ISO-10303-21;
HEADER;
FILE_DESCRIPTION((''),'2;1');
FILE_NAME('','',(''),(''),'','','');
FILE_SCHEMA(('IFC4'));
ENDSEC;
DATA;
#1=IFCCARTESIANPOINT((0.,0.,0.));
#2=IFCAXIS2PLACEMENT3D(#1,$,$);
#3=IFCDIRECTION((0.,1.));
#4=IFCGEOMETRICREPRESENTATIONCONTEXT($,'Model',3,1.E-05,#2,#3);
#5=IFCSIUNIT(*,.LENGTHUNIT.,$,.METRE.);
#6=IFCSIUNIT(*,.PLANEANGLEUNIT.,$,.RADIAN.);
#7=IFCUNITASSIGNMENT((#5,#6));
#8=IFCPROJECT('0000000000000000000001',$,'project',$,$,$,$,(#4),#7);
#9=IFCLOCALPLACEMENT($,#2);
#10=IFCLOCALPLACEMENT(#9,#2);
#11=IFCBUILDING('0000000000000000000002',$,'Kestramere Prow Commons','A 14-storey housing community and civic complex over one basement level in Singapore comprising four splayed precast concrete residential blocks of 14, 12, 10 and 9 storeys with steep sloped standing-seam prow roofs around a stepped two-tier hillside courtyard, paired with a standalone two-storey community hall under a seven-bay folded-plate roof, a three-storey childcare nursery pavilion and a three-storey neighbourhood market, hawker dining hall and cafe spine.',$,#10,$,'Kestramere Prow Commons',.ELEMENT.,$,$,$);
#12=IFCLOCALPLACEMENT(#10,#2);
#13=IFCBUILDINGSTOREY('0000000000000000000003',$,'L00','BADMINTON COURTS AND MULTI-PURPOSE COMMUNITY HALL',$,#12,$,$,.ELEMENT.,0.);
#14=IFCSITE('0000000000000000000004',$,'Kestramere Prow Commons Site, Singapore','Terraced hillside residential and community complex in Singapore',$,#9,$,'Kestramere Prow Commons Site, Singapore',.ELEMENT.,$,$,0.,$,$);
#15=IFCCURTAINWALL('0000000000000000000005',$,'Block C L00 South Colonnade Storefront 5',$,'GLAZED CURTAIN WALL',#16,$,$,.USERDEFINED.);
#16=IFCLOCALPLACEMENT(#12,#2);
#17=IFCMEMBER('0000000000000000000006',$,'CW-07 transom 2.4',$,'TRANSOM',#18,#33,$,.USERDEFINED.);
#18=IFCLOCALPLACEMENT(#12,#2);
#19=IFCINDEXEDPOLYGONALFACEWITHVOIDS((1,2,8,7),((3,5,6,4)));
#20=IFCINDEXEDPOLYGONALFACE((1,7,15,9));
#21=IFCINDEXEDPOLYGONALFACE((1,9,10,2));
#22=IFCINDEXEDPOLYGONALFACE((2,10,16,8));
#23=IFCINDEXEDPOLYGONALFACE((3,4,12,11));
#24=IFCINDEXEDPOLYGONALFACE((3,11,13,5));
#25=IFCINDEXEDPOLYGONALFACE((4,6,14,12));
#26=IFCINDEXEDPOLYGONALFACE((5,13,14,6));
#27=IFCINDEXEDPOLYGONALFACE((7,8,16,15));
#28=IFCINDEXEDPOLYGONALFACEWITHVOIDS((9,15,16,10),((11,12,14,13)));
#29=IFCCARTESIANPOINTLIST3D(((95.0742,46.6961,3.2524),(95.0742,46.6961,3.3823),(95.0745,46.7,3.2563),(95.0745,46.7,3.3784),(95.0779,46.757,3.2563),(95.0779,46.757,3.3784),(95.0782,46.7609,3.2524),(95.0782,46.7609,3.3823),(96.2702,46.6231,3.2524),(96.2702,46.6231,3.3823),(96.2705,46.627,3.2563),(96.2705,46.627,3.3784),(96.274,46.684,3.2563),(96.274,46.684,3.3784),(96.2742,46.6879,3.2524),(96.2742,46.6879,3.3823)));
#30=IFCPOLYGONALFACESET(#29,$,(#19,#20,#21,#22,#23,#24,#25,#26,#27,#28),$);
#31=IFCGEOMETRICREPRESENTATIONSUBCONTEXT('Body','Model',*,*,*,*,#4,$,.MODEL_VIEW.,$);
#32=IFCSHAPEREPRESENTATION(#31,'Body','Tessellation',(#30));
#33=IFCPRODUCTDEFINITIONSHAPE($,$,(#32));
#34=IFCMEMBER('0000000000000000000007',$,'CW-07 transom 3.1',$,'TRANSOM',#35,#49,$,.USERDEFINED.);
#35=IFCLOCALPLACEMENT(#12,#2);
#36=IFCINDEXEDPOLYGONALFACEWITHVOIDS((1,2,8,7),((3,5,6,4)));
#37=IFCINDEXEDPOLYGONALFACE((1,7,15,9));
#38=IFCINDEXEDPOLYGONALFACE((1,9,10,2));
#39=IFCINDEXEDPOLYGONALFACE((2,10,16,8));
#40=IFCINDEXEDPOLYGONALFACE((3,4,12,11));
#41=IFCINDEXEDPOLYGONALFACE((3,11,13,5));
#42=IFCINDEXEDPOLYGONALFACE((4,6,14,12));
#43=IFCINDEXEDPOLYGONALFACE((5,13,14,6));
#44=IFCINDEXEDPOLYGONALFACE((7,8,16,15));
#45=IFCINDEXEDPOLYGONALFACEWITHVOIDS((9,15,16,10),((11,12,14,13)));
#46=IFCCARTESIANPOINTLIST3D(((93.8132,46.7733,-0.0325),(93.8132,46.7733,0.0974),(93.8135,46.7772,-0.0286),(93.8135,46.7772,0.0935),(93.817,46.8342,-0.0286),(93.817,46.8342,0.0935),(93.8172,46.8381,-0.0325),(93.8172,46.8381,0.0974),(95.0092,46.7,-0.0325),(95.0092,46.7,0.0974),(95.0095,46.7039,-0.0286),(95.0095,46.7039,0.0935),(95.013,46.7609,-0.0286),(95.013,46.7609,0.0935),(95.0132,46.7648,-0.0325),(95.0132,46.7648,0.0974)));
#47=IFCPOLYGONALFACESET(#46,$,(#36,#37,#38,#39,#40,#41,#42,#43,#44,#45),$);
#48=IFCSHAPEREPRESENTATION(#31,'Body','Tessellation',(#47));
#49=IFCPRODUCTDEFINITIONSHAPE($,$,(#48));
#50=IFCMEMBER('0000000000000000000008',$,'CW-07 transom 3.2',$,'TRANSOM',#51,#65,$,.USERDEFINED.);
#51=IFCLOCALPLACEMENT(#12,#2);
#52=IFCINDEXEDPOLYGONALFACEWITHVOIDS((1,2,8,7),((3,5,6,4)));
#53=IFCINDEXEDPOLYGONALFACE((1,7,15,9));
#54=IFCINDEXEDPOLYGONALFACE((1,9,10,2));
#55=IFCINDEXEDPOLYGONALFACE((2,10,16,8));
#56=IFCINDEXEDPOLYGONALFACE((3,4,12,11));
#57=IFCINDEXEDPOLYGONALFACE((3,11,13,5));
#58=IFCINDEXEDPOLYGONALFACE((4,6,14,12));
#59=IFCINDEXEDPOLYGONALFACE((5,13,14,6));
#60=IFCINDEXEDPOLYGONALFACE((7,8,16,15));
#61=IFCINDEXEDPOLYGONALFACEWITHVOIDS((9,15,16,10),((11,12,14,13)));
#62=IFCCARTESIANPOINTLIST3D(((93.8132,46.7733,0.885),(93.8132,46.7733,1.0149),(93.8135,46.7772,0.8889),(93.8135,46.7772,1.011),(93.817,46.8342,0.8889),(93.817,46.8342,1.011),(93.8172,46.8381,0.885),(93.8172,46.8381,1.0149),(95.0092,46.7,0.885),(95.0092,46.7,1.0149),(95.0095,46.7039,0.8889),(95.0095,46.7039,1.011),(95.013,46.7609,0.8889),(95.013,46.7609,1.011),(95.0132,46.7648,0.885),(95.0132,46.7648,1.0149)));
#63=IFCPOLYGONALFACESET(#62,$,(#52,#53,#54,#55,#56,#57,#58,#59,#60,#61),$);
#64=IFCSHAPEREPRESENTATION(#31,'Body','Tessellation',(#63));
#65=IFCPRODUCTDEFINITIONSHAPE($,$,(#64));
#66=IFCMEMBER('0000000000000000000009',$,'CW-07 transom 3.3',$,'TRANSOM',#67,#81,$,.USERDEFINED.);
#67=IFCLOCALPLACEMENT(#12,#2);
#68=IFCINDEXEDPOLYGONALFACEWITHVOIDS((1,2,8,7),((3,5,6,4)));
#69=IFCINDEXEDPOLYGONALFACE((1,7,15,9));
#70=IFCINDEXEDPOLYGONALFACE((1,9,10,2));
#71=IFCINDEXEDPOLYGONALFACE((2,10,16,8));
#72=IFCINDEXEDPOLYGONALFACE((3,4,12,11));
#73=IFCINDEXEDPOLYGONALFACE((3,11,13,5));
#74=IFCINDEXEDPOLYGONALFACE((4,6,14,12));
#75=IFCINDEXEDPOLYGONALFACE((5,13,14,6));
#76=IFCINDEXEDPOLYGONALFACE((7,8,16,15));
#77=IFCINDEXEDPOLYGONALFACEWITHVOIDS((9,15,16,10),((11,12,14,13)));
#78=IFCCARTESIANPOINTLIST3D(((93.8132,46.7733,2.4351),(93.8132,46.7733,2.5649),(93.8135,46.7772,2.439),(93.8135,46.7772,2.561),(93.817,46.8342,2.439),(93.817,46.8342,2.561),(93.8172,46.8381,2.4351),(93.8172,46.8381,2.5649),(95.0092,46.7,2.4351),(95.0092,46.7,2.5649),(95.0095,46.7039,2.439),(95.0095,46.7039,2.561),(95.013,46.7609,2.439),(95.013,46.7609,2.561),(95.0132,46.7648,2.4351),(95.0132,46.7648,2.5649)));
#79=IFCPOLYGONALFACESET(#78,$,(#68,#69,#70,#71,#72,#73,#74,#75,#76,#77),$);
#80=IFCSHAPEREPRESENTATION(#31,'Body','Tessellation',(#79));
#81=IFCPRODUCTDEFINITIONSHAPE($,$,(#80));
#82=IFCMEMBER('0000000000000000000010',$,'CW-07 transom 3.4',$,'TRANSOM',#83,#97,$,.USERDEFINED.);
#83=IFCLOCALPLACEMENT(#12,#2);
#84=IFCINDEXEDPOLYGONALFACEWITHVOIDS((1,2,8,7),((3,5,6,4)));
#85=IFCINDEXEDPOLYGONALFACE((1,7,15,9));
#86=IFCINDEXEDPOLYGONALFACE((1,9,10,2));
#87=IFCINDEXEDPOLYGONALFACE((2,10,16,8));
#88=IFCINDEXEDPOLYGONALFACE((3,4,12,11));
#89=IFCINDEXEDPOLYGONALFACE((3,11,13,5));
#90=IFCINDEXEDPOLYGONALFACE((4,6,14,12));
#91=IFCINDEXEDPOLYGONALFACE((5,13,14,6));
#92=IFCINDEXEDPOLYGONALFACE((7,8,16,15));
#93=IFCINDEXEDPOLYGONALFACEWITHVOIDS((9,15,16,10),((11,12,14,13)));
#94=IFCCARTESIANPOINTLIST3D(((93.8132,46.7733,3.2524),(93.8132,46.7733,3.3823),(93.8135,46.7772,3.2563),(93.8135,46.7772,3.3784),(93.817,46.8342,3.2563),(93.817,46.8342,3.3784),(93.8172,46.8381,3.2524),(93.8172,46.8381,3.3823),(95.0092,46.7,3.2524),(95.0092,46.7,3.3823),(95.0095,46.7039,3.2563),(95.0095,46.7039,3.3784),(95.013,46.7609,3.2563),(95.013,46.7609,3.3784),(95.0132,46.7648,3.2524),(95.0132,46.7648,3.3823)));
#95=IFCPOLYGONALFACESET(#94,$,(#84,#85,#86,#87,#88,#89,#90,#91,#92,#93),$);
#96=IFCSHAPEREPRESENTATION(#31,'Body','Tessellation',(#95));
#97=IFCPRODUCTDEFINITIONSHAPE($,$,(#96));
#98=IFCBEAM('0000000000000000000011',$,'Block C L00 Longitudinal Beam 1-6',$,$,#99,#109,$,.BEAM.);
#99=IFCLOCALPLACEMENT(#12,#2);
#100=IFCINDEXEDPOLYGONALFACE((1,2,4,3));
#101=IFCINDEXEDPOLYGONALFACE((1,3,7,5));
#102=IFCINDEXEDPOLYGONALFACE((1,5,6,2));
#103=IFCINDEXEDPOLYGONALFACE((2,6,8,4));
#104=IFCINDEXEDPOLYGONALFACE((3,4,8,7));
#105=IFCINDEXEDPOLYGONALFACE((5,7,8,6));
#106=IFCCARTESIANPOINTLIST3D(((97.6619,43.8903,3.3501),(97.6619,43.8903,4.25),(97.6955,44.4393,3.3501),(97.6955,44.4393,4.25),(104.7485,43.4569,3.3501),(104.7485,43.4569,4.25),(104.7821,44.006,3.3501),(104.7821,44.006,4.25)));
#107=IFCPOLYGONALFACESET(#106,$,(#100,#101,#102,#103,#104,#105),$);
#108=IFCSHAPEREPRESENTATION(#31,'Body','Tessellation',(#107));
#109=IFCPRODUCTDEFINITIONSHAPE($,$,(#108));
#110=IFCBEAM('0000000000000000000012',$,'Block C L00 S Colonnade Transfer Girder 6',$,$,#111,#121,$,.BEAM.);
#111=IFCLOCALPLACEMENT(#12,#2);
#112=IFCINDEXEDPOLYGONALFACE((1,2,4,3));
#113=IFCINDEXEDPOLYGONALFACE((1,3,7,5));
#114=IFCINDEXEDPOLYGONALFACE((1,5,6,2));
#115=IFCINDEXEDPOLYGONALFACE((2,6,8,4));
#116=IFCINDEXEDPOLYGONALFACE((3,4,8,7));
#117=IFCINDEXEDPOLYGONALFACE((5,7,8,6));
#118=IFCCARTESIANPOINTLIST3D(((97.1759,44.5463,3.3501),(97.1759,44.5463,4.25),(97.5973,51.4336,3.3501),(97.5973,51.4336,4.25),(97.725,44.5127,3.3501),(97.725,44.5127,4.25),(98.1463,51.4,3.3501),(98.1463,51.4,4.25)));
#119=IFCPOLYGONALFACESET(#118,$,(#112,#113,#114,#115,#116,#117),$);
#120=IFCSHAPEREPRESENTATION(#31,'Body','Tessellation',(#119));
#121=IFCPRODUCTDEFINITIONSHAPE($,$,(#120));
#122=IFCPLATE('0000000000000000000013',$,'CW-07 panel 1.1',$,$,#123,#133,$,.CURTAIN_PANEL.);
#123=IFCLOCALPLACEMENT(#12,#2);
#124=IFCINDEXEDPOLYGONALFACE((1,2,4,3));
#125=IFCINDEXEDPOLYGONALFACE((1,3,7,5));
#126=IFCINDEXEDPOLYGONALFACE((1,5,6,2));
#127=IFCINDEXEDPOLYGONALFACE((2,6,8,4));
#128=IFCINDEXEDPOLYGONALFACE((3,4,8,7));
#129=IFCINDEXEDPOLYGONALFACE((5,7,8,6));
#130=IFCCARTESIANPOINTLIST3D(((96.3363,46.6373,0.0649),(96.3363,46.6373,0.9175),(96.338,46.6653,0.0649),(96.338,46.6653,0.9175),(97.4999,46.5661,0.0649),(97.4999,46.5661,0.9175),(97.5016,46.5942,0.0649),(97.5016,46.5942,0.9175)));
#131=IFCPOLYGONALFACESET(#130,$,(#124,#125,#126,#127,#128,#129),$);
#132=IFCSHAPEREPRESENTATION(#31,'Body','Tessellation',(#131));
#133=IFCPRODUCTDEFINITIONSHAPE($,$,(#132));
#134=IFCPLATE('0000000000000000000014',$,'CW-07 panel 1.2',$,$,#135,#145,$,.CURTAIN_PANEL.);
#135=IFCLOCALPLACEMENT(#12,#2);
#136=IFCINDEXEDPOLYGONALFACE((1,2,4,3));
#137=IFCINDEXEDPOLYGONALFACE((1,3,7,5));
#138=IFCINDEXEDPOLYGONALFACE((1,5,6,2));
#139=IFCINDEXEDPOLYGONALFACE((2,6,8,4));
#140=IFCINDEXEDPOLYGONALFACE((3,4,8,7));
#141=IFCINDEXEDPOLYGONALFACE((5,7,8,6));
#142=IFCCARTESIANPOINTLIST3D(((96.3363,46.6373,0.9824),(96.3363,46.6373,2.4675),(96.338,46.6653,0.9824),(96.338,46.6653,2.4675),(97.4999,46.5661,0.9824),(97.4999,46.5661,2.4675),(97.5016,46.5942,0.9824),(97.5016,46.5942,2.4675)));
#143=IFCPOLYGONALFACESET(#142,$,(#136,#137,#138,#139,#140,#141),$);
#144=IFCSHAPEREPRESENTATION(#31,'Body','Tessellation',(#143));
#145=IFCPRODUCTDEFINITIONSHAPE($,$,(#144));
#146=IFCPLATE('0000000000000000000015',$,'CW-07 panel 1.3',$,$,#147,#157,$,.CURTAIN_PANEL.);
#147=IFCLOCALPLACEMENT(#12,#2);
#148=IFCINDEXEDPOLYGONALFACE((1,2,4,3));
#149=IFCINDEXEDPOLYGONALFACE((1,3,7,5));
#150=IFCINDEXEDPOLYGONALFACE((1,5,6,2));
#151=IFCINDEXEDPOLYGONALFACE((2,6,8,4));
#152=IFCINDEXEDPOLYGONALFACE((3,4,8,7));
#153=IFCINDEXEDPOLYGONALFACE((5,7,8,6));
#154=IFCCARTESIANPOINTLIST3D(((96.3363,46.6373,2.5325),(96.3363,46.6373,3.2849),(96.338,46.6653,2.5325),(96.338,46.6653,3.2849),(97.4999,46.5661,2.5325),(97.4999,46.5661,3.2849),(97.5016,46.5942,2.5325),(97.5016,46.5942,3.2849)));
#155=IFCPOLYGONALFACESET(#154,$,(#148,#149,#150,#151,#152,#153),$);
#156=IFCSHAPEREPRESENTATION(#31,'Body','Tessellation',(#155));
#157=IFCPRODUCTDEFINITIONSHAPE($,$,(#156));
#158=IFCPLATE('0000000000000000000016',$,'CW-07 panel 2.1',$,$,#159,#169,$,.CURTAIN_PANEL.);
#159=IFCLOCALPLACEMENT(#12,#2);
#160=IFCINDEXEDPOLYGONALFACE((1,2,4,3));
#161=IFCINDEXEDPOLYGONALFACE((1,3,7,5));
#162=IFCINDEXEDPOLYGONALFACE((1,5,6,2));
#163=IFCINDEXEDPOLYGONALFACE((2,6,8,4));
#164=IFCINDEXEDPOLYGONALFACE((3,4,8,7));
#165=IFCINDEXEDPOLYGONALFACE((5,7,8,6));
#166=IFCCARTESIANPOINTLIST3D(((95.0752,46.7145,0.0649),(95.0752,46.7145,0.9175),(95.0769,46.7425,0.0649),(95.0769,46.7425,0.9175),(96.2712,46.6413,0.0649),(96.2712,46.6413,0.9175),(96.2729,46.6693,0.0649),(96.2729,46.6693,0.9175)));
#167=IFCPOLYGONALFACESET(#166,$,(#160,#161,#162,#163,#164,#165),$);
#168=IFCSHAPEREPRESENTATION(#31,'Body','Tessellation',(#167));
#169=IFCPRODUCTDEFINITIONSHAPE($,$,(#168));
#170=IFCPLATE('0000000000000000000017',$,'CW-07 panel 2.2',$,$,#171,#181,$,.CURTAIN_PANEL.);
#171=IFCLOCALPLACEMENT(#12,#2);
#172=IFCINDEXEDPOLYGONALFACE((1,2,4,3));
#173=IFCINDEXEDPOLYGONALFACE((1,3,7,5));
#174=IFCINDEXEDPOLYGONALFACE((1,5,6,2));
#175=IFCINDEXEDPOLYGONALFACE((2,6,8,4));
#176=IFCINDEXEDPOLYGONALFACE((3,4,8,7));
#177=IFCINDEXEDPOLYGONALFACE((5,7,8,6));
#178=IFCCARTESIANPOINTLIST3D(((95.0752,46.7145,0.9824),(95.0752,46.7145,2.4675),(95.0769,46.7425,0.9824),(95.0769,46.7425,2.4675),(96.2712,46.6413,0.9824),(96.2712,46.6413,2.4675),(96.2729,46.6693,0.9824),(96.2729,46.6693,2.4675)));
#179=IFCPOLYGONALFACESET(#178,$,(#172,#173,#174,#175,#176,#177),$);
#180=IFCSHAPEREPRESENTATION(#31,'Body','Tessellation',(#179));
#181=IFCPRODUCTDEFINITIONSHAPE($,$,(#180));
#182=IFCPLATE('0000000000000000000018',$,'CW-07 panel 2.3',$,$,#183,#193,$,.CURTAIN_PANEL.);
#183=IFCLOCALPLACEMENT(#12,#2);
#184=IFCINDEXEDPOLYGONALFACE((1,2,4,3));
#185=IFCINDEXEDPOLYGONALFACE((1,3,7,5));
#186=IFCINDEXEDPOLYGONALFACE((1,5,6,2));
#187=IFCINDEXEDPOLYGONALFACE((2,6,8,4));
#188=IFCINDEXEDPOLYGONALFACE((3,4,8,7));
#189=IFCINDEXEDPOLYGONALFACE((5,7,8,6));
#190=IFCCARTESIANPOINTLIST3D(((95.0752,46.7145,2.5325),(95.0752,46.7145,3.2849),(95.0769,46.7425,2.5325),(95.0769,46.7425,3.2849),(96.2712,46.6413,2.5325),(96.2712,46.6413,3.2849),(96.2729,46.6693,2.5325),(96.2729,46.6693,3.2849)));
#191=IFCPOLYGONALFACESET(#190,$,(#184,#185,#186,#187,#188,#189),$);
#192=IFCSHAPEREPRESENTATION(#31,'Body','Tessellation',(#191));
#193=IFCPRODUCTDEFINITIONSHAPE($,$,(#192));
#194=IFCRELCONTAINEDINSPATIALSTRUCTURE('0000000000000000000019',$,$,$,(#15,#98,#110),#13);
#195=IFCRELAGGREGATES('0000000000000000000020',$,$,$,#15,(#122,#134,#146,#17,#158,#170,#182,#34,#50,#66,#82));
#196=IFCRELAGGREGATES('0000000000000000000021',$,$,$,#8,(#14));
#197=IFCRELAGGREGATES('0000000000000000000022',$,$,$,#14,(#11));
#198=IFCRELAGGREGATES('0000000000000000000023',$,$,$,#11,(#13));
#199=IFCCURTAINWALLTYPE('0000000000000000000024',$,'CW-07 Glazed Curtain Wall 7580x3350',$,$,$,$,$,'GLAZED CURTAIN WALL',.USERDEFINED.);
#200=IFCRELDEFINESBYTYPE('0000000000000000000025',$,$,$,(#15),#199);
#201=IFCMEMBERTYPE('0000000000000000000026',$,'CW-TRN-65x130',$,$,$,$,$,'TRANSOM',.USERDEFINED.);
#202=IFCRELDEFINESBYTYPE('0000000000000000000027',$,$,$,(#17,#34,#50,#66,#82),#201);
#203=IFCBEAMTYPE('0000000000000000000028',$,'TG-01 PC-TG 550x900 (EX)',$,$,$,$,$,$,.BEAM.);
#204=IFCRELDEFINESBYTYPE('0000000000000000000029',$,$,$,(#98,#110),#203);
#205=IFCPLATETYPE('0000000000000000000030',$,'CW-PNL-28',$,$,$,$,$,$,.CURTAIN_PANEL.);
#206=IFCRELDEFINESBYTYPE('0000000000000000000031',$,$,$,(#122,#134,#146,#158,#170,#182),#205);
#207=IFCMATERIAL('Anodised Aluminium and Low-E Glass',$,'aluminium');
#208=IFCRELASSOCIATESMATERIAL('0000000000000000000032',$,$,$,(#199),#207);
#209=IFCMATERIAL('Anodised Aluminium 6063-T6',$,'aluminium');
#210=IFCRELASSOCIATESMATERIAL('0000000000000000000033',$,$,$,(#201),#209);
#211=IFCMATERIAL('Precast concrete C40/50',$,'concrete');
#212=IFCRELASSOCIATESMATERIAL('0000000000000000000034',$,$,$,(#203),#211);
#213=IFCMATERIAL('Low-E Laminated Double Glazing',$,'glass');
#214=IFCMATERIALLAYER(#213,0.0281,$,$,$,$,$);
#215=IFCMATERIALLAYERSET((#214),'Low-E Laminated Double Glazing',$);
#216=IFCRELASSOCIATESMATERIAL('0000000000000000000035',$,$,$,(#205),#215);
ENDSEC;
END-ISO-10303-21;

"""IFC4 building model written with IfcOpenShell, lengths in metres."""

from ifc_helpers import new_model, si_unit, direction, frame, origin, origin_2d, place, context, subcontext, project, spatial, rectangle, hollow_rectangle, extrude, material, layer, layer_set, material_profile, profile_set, type_object, element, aggregate, save


model = new_model("IFC4")

# Units and contexts
model_context = context("Model", 3, precision=1e-05, world=origin(), true_north=direction((0.0, 1.0)))
body_context = subcontext(model_context, "Body", "Model", "MODEL_VIEW")
ifc_project = project(units=[si_unit("LENGTHUNIT", "METRE"), si_unit("PLANEANGLEUNIT", "RADIAN")], contexts=[model_context])

# Site, building, storey
site_placement = place(None, origin())
site = spatial("IfcSite", under=ifc_project, at=site_placement, Name="Kestramere Prow Commons Site, Singapore", Description="Terraced hillside residential and community complex in Singapore", LongName="Kestramere Prow Commons Site, Singapore", CompositionType="ELEMENT", RefElevation=0.0)
building_placement = place(site_placement, origin())
building = spatial("IfcBuilding", under=site, at=building_placement, Name="Kestramere Prow Commons", Description="A 14-storey housing community and civic complex over one basement level in Singapore comprising four splayed precast concrete residential blocks of 14, 12, 10 and 9 storeys with steep sloped standing-seam prow roofs around a stepped two-tier hillside courtyard, paired with a standalone two-storey community hall under a seven-bay folded-plate roof, a three-storey childcare nursery pavilion and a three-storey neighbourhood market, hawker dining hall and cafe spine.", LongName="Kestramere Prow Commons", CompositionType="ELEMENT")
storey_placement = place(building_placement, origin())
storey = spatial("IfcBuildingStorey", under=building, at=storey_placement, Name="L00", Description="BADMINTON COURTS AND MULTI-PURPOSE COMMUNITY HALL", CompositionType="ELEMENT", Elevation=0.0)

# Shared definitions
ifc_material_1 = material(Name="Precast concrete C40/50", Category="concrete")

# Curtain wall, members
ifc_material_2 = material(Name="Anodised Aluminium and Low-E Glass", Category="aluminium")
curtain_wall_type = type_object("IfcCurtainWallType", Name="CW-07 Glazed Curtain Wall 7580x3350", ElementType="GLAZED CURTAIN WALL", PredefinedType="USERDEFINED", material=ifc_material_2)
curtain_wall_placement = place(storey_placement, origin())
curtain_wall = element("IfcCurtainWall", 1, at=curtain_wall_placement, inside=storey, type_object=curtain_wall_type, Name="Block C L00 South Colonnade Storefront 5", ObjectType="GLAZED CURTAIN WALL", PredefinedType="USERDEFINED")
ifc_material_3 = material(Name="Anodised Aluminium 6063-T6", Category="aluminium")
ifc_material_profile_1 = material_profile(ifc_material_3, hollow_rectangle(XDim=0.0649, YDim=0.1299, WallThickness=0.0039, at=origin_2d()), Name="ALU-TRN 65x130")
ifc_profile_set_1 = profile_set([ifc_material_profile_1], Name="Anodised Aluminium 6063-T6")
member_type_1 = type_object("IfcMemberType", Name="CW-TRN-65x130", ElementType="TRANSOM", PredefinedType="USERDEFINED", material=ifc_profile_set_1)
member_1_placement = place(storey_placement, frame((96.2722, 46.6555, 3.3174), z_axis=(-0.998143, 0.06092, 0.0), x_axis=(-0.06092, -0.998143, 0.0)))
member_1 = element("IfcMember", 2, at=member_1_placement, type_object=member_type_1, Name="CW-07 transom 2.4", ObjectType="TRANSOM", PredefinedType="USERDEFINED", context=body_context, shape_type="SweptSolid", body=[
    extrude(hollow_rectangle(XDim=0.0649, YDim=0.1299, WallThickness=0.0039, at=origin_2d()), origin(), (0.0, 0.0, 1.0), 1.1982),
])
member_2_placement = place(storey_placement, frame((95.0112, 46.7324, 0.0325), z_axis=(-0.99813, 0.061122, 0.0), x_axis=(-0.061122, -0.99813, 0.0)))
member_2 = element("IfcMember", 3, at=member_2_placement, type_object=member_type_1, Name="CW-07 transom 3.1", ObjectType="TRANSOM", PredefinedType="USERDEFINED", context=body_context, shape_type="SweptSolid", body=[
    extrude(hollow_rectangle(XDim=0.0649, YDim=0.1299, WallThickness=0.0039, at=origin_2d()), origin(), (0.0, 0.0, 1.0), 1.1982),
])
member_3_placement = place(storey_placement, frame((95.0112, 46.7324, 0.95), z_axis=(-0.99813, 0.061122, 0.0), x_axis=(-0.061122, -0.99813, 0.0)))
member_3 = element("IfcMember", 4, at=member_3_placement, type_object=member_type_1, Name="CW-07 transom 3.2", ObjectType="TRANSOM", PredefinedType="USERDEFINED", context=body_context, shape_type="SweptSolid", body=[
    extrude(hollow_rectangle(XDim=0.0649, YDim=0.1299, WallThickness=0.0039, at=origin_2d()), origin(), (0.0, 0.0, 1.0), 1.1982),
])
member_4_placement = place(storey_placement, frame((95.0112, 46.7324, 2.5), z_axis=(-0.99813, 0.061122, 0.0), x_axis=(-0.061122, -0.99813, 0.0)))
member_4 = element("IfcMember", 5, at=member_4_placement, type_object=member_type_1, Name="CW-07 transom 3.3", ObjectType="TRANSOM", PredefinedType="USERDEFINED", context=body_context, shape_type="SweptSolid", body=[
    extrude(hollow_rectangle(XDim=0.0649, YDim=0.1299, WallThickness=0.0039, at=origin_2d()), origin(), (0.0, 0.0, 1.0), 1.1982),
])
member_5_placement = place(storey_placement, frame((95.0112, 46.7324, 3.3174), z_axis=(-0.99813, 0.061122, 0.0), x_axis=(-0.061122, -0.99813, 0.0)))
member_5 = element("IfcMember", 6, at=member_5_placement, type_object=member_type_1, Name="CW-07 transom 3.4", ObjectType="TRANSOM", PredefinedType="USERDEFINED", context=body_context, shape_type="SweptSolid", body=[
    extrude(hollow_rectangle(XDim=0.0649, YDim=0.1299, WallThickness=0.0039, at=origin_2d()), origin(), (0.0, 0.0, 1.0), 1.1982),
])

# Beams
ifc_material_profile_2 = material_profile(ifc_material_1, rectangle(XDim=0.55, YDim=0.8999, at=origin_2d()), Name="PC-TG 550x900")
ifc_profile_set_2 = profile_set([ifc_material_profile_2], Name="Precast concrete C40/50")
beam_type = type_object("IfcBeamType", Name="TG-01 PC-TG 550x900 (EX)", PredefinedType="BEAM", material=ifc_profile_set_2)
beam_1_placement = place(storey_placement, frame((97.6787, 44.1648, 3.8), z_axis=(0.998136, -0.061036, 0.0), x_axis=(0.061036, 0.998136, 0.0)))
element("IfcBeam", 7, at=beam_1_placement, inside=storey, type_object=beam_type, Name="Block C L00 Longitudinal Beam 1-6", PredefinedType="BEAM", context=body_context, shape_type="SweptSolid", body=[
    extrude(rectangle(XDim=0.55, YDim=0.8999, at=origin_2d()), origin(), (0.0, 0.0, 1.0), 7.0999),
])
beam_2_placement = place(storey_placement, frame((97.4504, 44.5295, 3.8), z_axis=(0.06107, 0.998133, 0.0), x_axis=(-0.998133, 0.06107, 0.0)))
element("IfcBeam", 8, at=beam_2_placement, inside=storey, type_object=beam_type, Name="Block C L00 S Colonnade Transfer Girder 6", PredefinedType="BEAM", context=body_context, shape_type="SweptSolid", body=[
    extrude(rectangle(XDim=0.55, YDim=0.8999, at=origin_2d()), origin(), (0.0, 0.0, 1.0), 6.9001),
])

# Plates
ifc_material_4 = material(Name="Low-E Laminated Double Glazing", Category="glass")
ifc_layer_1 = layer(ifc_material_4, 0.0281)
ifc_layer_set_1 = layer_set([ifc_layer_1], Name="Low-E Laminated Double Glazing")
plate_type = type_object("IfcPlateType", Name="CW-PNL-28", PredefinedType="CURTAIN_PANEL", material=ifc_layer_set_1)
plate_1_placement = place(storey_placement, frame((96.9189, 46.6157, 0.0649), z_axis=(0.0, 0.0, 1.0), x_axis=(-0.998135, 0.061049, 0.0)))
plate_1 = element("IfcPlate", 9, at=plate_1_placement, type_object=plate_type, Name="CW-07 panel 1.1", PredefinedType="CURTAIN_PANEL", context=body_context, shape_type="SweptSolid", body=[
    extrude(rectangle(XDim=1.1658, YDim=0.0281, at=origin_2d()), origin(), (0.0, 0.0, 1.0), 0.8525),
])
plate_2_placement = place(storey_placement, frame((96.9189, 46.6157, 0.9824), z_axis=(0.0, 0.0, 1.0), x_axis=(-0.998135, 0.061049, 0.0)))
plate_2 = element("IfcPlate", 10, at=plate_2_placement, type_object=plate_type, Name="CW-07 panel 1.2", PredefinedType="CURTAIN_PANEL", context=body_context, shape_type="SweptSolid", body=[
    extrude(rectangle(XDim=1.1658, YDim=0.0281, at=origin_2d()), origin(), (0.0, 0.0, 1.0), 1.4851),
])
plate_3_placement = place(storey_placement, frame((96.9189, 46.6157, 2.5325), z_axis=(0.0, 0.0, 1.0), x_axis=(-0.998135, 0.061049, 0.0)))
plate_3 = element("IfcPlate", 11, at=plate_3_placement, type_object=plate_type, Name="CW-07 panel 1.3", PredefinedType="CURTAIN_PANEL", context=body_context, shape_type="SweptSolid", body=[
    extrude(rectangle(XDim=1.1658, YDim=0.0281, at=origin_2d()), origin(), (0.0, 0.0, 1.0), 0.7524),
])
plate_4_placement = place(storey_placement, frame((95.6741, 46.6919, 0.0649), z_axis=(0.0, 0.0, 1.0), x_axis=(-0.998135, 0.061049, 0.0)))
plate_4 = element("IfcPlate", 12, at=plate_4_placement, type_object=plate_type, Name="CW-07 panel 2.1", PredefinedType="CURTAIN_PANEL", context=body_context, shape_type="SweptSolid", body=[
    extrude(rectangle(XDim=1.1982, YDim=0.0281, at=origin_2d()), origin(), (0.0, 0.0, 1.0), 0.8525),
])
plate_5_placement = place(storey_placement, frame((95.6741, 46.6919, 0.9824), z_axis=(0.0, 0.0, 1.0), x_axis=(-0.998135, 0.061049, 0.0)))
plate_5 = element("IfcPlate", 13, at=plate_5_placement, type_object=plate_type, Name="CW-07 panel 2.2", PredefinedType="CURTAIN_PANEL", context=body_context, shape_type="SweptSolid", body=[
    extrude(rectangle(XDim=1.1982, YDim=0.0281, at=origin_2d()), origin(), (0.0, 0.0, 1.0), 1.4851),
])
plate_6_placement = place(storey_placement, frame((95.6741, 46.6919, 2.5325), z_axis=(0.0, 0.0, 1.0), x_axis=(-0.998135, 0.061049, 0.0)))
plate_6 = element("IfcPlate", 14, at=plate_6_placement, type_object=plate_type, Name="CW-07 panel 2.3", PredefinedType="CURTAIN_PANEL", context=body_context, shape_type="SweptSolid", body=[
    extrude(rectangle(XDim=1.1982, YDim=0.0281, at=origin_2d()), origin(), (0.0, 0.0, 1.0), 0.7524),
])
aggregate(curtain_wall, [plate_1, plate_2, plate_3, member_1, plate_4, plate_5, plate_6, member_2, member_3, member_4, member_5])

save(model, "model.ifc")
